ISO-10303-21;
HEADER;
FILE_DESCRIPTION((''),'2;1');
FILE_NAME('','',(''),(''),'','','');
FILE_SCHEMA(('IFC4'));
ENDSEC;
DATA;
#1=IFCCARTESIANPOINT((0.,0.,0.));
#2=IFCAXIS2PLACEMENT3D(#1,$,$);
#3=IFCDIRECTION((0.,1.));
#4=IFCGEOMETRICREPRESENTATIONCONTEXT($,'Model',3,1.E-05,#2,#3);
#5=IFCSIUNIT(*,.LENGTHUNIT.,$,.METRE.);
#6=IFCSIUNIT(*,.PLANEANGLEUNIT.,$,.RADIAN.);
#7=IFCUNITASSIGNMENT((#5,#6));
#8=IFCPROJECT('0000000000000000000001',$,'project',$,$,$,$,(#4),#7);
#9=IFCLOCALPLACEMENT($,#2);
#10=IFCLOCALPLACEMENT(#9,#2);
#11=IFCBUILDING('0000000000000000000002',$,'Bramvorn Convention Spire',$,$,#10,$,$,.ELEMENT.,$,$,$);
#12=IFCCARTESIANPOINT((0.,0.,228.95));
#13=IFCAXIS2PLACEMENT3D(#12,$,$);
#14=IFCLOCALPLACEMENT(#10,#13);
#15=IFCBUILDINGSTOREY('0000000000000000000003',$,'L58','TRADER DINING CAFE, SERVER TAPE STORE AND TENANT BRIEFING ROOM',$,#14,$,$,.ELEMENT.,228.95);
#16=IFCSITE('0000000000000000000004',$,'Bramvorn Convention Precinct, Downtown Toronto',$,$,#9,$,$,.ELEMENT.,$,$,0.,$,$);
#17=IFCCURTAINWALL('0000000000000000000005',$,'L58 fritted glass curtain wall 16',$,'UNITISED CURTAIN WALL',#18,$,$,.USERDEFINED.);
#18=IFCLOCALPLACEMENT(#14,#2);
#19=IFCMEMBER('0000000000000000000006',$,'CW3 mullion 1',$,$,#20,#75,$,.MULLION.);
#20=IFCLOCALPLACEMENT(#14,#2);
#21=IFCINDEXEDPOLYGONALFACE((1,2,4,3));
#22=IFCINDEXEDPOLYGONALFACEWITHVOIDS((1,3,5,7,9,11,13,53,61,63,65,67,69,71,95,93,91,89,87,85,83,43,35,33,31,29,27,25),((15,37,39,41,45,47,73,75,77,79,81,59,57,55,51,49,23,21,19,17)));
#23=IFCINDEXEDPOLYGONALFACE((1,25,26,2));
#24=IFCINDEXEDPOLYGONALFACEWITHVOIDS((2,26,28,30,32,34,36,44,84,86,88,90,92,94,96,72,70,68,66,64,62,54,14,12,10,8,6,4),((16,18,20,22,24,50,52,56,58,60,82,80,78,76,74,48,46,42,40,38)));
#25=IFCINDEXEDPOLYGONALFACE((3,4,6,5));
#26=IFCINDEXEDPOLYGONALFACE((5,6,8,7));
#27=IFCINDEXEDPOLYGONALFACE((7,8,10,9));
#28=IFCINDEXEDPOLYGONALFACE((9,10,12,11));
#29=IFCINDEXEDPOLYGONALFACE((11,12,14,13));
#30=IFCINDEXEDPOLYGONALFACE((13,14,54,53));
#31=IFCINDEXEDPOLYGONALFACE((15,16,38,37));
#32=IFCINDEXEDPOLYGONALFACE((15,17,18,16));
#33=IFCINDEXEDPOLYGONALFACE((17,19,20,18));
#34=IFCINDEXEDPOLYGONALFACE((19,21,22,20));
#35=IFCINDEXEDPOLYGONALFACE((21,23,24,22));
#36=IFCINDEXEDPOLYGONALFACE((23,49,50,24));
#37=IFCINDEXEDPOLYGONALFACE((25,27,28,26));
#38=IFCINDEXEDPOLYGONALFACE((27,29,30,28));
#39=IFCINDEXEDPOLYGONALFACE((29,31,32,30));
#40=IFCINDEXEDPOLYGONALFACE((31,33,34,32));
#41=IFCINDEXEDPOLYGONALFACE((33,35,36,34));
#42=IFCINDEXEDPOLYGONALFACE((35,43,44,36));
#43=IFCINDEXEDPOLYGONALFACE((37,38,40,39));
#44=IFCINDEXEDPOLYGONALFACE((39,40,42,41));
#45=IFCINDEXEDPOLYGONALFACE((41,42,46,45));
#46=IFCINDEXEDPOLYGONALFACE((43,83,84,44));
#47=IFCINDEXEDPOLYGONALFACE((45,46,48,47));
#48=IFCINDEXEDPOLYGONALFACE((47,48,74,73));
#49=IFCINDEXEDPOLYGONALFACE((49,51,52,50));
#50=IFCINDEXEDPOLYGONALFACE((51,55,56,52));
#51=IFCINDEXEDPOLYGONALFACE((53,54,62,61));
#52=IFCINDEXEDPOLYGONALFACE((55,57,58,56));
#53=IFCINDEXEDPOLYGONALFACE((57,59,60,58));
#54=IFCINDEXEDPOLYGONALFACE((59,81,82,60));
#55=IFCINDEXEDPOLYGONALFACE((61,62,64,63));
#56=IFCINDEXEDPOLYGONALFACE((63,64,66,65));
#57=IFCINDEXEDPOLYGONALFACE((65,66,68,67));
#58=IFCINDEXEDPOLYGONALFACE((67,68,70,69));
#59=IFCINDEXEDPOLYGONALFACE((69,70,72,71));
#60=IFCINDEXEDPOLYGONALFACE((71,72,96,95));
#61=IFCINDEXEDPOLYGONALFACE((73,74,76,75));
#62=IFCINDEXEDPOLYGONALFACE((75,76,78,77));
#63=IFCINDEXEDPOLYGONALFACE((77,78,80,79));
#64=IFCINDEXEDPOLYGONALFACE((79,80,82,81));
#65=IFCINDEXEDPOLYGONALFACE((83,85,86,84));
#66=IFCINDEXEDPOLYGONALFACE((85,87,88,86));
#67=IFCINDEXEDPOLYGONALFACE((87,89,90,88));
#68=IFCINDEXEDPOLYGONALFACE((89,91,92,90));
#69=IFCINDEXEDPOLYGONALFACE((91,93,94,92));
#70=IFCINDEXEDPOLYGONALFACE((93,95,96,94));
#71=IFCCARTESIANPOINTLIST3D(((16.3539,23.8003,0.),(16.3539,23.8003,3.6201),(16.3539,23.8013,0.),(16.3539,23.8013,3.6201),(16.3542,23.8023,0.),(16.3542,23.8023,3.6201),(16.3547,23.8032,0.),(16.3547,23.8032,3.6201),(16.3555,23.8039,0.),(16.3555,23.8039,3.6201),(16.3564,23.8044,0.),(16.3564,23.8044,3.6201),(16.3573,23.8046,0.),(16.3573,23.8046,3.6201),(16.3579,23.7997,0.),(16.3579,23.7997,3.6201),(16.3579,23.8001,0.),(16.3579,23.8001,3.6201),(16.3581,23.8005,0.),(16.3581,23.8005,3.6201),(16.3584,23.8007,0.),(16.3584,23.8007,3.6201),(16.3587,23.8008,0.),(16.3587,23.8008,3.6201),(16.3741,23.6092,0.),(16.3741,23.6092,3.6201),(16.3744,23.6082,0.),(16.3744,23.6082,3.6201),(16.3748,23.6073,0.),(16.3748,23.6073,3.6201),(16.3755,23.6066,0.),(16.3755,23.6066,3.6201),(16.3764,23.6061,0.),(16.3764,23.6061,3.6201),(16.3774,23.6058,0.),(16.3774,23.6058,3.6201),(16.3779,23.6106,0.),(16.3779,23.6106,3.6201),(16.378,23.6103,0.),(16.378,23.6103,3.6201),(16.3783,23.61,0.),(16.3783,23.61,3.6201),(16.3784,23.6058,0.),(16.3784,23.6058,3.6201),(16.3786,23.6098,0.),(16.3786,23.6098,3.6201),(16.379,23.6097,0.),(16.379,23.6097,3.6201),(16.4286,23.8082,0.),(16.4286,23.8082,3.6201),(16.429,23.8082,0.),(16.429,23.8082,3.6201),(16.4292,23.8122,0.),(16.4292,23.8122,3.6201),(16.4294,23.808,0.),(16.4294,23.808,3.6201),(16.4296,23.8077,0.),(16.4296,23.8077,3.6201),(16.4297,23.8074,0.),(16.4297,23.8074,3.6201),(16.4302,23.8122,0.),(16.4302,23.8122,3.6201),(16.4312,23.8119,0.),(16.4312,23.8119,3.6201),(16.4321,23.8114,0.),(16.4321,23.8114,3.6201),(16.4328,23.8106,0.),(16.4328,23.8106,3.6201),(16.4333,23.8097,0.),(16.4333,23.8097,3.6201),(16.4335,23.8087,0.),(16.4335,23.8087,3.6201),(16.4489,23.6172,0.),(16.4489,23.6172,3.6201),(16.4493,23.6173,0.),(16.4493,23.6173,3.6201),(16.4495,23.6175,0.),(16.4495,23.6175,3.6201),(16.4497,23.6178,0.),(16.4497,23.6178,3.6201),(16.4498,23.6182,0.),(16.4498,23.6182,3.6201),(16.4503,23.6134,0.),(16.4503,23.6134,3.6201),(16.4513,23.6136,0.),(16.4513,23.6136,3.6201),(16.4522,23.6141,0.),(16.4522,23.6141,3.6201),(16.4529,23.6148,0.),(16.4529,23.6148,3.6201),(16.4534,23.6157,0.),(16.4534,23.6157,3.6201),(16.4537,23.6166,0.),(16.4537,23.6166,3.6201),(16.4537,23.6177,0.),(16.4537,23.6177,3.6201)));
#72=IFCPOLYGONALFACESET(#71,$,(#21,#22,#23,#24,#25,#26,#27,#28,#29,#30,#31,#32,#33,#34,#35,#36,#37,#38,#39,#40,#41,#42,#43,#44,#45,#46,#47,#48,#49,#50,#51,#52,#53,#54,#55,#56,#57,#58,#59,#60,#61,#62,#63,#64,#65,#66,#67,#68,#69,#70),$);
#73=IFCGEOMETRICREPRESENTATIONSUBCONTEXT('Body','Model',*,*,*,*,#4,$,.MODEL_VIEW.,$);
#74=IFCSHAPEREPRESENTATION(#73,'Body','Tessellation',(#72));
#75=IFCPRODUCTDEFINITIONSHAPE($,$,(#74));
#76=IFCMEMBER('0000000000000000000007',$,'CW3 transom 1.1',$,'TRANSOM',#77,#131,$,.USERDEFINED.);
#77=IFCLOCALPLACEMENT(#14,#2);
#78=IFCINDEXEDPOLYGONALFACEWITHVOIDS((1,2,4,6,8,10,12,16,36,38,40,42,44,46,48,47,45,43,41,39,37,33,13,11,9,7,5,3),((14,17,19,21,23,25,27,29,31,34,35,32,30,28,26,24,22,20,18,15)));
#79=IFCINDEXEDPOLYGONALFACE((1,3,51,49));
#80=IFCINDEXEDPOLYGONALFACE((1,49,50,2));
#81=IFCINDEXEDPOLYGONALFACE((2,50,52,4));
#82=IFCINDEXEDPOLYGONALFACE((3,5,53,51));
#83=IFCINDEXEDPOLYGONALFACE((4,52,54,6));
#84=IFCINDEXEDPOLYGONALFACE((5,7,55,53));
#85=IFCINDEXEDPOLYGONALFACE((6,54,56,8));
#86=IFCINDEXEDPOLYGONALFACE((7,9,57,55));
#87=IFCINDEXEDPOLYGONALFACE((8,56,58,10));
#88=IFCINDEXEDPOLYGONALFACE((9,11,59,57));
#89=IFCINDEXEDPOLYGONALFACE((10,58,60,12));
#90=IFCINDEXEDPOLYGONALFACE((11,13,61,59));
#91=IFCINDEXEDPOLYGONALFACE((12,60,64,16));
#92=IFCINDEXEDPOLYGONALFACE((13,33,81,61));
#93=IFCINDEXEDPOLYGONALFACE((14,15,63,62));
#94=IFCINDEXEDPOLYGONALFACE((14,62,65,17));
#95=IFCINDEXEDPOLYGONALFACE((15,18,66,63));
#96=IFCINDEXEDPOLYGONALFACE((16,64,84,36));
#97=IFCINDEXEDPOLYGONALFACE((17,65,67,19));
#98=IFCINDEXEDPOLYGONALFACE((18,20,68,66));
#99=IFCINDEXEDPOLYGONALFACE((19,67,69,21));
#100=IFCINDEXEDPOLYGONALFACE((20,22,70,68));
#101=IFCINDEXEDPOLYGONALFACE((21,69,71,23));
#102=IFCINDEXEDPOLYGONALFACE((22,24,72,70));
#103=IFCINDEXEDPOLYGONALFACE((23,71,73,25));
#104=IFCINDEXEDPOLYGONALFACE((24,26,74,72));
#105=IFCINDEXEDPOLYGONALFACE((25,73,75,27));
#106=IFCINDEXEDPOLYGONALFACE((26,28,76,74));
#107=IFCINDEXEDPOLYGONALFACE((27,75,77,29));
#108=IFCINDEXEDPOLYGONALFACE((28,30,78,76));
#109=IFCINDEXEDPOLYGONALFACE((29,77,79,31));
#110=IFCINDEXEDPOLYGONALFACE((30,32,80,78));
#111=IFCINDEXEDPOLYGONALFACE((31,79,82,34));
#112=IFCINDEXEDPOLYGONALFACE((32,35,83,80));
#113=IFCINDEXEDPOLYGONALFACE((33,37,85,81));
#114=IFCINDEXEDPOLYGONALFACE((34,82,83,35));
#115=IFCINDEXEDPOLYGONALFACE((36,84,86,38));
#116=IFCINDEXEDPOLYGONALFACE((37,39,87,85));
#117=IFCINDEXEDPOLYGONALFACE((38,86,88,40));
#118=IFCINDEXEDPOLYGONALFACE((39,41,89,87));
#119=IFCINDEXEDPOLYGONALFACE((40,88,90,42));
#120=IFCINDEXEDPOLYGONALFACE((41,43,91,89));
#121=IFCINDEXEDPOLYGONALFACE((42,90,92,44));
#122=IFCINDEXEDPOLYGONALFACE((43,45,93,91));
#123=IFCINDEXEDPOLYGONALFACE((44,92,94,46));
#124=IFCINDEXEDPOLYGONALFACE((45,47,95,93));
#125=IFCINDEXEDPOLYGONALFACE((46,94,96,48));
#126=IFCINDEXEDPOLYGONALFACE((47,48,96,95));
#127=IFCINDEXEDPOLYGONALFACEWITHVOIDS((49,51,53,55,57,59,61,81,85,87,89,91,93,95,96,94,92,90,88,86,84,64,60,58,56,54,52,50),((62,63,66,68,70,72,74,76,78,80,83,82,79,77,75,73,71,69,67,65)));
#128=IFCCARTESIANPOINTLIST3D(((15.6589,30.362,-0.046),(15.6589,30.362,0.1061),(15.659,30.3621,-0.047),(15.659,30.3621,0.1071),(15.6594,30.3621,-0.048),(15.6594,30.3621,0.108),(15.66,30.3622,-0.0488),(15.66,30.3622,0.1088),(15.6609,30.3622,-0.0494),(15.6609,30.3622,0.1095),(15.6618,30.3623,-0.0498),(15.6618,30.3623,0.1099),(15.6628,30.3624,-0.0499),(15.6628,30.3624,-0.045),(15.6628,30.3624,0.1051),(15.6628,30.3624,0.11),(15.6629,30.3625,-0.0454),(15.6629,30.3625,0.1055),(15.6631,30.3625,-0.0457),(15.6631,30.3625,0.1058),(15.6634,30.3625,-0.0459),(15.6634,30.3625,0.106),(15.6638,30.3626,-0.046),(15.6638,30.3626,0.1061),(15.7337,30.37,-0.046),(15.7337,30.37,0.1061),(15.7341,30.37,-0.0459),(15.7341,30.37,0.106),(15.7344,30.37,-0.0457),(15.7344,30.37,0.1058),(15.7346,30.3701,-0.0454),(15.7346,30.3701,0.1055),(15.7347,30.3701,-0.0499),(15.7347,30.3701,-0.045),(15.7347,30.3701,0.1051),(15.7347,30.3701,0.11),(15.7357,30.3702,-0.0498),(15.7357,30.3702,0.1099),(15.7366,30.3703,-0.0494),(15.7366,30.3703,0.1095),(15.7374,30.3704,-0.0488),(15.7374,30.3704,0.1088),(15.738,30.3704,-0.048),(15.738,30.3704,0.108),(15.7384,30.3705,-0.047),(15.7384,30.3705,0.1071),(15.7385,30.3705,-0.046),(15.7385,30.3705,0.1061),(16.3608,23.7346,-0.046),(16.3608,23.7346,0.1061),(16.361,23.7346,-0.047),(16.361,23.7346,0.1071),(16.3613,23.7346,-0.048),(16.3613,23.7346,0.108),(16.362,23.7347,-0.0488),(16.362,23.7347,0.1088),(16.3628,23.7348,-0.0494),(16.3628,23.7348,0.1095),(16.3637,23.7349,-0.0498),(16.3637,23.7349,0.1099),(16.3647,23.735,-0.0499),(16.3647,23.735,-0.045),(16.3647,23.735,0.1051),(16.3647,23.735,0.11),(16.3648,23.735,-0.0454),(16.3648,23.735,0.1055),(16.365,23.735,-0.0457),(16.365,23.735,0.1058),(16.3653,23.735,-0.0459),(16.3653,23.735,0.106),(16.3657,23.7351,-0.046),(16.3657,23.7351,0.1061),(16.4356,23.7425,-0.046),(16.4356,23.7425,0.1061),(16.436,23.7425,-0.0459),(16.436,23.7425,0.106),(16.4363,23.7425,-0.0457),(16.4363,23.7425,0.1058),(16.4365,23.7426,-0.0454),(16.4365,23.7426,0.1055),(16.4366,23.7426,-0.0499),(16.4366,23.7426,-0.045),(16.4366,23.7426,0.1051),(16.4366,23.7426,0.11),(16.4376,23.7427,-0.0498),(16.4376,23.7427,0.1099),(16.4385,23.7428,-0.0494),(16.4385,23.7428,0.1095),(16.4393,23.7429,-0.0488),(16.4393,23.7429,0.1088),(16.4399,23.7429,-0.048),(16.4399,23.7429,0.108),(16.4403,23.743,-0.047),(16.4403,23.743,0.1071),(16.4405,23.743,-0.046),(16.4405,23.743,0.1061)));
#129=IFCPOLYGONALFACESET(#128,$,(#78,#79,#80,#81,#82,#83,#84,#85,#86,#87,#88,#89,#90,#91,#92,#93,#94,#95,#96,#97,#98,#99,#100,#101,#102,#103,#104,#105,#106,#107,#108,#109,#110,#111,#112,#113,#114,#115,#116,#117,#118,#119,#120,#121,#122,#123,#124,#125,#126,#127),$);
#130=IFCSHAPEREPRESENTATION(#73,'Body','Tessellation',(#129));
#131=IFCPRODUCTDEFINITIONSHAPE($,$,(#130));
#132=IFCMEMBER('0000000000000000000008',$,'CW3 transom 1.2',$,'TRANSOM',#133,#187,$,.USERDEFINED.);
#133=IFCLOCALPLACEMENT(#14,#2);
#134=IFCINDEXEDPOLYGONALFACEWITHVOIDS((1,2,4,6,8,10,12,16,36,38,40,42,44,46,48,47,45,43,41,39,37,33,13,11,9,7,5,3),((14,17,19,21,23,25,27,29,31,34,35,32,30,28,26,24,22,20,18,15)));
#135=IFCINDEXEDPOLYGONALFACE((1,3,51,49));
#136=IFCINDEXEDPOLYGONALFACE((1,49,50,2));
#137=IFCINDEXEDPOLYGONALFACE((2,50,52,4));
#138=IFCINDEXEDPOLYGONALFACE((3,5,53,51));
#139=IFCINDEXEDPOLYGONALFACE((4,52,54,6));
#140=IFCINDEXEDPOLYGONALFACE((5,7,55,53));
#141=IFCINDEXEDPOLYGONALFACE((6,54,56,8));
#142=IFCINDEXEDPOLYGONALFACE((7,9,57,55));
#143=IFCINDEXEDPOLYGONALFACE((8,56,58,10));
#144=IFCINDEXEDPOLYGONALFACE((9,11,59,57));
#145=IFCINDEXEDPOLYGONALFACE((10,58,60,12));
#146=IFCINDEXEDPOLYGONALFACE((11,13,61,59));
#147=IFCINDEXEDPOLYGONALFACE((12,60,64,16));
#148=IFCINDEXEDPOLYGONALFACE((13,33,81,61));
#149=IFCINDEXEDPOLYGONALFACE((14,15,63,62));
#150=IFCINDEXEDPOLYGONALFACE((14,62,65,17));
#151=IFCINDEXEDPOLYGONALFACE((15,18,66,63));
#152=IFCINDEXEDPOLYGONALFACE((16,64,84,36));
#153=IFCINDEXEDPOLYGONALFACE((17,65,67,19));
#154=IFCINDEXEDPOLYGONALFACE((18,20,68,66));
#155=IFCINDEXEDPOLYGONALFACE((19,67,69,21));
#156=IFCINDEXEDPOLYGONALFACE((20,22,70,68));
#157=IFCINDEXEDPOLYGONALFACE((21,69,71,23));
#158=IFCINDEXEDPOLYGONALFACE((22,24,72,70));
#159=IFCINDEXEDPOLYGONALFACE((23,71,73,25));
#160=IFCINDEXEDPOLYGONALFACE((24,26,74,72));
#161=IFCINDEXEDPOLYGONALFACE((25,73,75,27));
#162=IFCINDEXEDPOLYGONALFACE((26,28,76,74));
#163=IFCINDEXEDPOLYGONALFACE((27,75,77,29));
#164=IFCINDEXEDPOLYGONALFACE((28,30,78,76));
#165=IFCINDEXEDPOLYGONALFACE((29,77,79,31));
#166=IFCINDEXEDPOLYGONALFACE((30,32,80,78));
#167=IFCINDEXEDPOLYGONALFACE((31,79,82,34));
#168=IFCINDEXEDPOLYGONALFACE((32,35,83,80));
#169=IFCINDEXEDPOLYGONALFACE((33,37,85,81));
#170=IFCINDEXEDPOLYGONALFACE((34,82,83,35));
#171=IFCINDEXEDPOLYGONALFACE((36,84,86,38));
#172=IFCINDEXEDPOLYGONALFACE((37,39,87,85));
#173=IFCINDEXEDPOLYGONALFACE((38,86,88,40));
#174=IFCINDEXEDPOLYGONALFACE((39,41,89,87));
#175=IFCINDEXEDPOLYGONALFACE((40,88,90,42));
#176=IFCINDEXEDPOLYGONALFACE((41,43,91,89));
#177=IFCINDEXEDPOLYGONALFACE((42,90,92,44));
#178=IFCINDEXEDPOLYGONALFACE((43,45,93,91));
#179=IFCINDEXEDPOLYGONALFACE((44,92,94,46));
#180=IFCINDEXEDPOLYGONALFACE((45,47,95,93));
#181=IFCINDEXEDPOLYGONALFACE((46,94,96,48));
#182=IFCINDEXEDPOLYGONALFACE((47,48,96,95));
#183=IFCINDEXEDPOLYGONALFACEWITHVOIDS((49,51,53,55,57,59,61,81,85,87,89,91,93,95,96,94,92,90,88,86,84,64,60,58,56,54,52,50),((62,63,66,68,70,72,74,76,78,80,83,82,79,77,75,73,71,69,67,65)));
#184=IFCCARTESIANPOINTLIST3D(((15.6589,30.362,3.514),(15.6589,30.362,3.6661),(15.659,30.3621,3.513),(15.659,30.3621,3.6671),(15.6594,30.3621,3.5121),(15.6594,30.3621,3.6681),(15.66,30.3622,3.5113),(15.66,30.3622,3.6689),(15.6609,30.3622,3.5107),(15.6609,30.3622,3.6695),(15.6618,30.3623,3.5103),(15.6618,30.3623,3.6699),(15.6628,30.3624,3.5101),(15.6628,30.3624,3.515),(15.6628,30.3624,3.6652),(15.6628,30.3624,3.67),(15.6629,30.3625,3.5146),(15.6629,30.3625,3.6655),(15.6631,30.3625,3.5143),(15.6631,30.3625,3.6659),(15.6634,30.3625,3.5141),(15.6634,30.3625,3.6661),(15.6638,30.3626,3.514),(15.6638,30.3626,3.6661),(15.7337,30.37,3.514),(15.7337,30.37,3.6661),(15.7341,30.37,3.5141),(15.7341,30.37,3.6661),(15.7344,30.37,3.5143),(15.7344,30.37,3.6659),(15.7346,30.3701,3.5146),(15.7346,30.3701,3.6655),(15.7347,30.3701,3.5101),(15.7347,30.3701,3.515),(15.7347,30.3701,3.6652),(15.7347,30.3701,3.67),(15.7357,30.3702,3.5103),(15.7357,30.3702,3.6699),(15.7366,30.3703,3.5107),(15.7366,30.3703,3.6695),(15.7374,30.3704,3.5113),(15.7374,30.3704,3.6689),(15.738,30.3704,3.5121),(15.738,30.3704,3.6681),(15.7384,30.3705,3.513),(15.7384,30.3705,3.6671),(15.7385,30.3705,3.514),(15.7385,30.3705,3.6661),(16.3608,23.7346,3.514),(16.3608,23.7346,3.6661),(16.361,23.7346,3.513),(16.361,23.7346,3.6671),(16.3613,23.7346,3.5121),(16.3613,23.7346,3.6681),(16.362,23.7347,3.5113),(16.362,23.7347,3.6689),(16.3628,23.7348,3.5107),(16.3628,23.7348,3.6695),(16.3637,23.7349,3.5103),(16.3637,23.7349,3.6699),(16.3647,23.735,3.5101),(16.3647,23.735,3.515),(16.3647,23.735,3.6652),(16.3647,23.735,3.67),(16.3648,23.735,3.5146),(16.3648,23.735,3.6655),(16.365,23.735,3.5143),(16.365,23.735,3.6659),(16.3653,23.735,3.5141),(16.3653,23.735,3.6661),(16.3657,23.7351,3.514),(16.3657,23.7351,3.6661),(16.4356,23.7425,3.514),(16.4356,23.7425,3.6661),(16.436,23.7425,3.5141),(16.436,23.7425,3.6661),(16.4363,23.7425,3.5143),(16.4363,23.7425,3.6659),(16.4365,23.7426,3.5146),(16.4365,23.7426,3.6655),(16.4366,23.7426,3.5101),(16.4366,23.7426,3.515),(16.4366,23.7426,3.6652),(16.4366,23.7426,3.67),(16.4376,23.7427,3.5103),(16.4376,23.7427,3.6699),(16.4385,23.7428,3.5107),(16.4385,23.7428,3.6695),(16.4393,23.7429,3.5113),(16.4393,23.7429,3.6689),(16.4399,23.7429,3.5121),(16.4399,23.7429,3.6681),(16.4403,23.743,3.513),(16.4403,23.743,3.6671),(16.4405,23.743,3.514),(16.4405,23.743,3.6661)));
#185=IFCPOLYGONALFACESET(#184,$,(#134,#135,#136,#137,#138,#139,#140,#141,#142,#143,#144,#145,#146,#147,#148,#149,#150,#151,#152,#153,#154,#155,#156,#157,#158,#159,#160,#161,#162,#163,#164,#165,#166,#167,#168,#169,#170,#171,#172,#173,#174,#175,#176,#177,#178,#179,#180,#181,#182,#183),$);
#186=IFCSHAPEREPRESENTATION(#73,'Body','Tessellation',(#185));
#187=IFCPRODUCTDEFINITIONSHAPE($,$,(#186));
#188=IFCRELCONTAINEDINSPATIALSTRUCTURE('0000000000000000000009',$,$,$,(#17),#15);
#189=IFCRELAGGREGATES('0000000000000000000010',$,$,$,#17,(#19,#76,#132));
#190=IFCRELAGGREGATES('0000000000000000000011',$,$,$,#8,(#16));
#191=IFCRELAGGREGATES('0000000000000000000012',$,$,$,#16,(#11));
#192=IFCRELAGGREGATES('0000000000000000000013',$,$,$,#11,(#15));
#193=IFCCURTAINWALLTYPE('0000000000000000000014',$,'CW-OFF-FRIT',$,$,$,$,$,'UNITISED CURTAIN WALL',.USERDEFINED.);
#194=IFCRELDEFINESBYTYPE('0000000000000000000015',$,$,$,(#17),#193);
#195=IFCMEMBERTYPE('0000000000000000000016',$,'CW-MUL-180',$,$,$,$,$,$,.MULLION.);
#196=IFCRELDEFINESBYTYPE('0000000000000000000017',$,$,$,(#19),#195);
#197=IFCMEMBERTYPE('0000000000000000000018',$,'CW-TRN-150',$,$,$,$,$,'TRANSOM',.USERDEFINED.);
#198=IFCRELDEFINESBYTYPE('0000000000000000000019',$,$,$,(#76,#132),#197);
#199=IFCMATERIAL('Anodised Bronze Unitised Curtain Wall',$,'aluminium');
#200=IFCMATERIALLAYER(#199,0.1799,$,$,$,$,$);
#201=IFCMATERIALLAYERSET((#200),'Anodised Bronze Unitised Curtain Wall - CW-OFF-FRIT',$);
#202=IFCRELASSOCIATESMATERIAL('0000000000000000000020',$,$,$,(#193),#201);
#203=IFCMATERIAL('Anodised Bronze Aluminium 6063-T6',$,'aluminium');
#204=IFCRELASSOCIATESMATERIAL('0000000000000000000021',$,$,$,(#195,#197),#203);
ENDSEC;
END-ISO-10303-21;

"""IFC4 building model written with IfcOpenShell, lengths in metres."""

from ifc_helpers import new_model, si_unit, direction, frame, origin, origin_2d, place, context, subcontext, project, spatial, hollow_rectangle, extrude, material, layer, layer_set, material_profile, profile_set, type_object, element, aggregate, save


model = new_model("IFC4")

# Units and contexts
model_context = context("Model", 3, precision=1e-05, world=origin(), true_north=direction((0.0, 1.0)))
body_context = subcontext(model_context, "Body", "Model", "MODEL_VIEW")
ifc_project = project(units=[si_unit("LENGTHUNIT", "METRE"), si_unit("PLANEANGLEUNIT", "RADIAN")], contexts=[model_context])

# Site, building, storey
site_placement = place(None, origin())
site = spatial("IfcSite", under=ifc_project, at=site_placement, Name="Bramvorn Convention Precinct, Downtown Toronto", CompositionType="ELEMENT", RefElevation=0.0)
building_placement = place(site_placement, origin())
building = spatial("IfcBuilding", under=site, at=building_placement, Name="Bramvorn Convention Spire", CompositionType="ELEMENT")
storey_placement = place(building_placement, frame((0.0, 0.0, 228.95)))
storey = spatial("IfcBuildingStorey", under=building, at=storey_placement, Name="L58", Description="TRADER DINING CAFE, SERVER TAPE STORE AND TENANT BRIEFING ROOM", CompositionType="ELEMENT", Elevation=228.95)

# Curtain wall, members
ifc_material_1 = material(Name="Anodised Bronze Unitised Curtain Wall", Category="aluminium")
ifc_layer_1 = layer(ifc_material_1, 0.1799)
ifc_layer_set_1 = layer_set([ifc_layer_1], Name="Anodised Bronze Unitised Curtain Wall - CW-OFF-FRIT")
curtain_wall_type = type_object("IfcCurtainWallType", Name="CW-OFF-FRIT", ElementType="UNITISED CURTAIN WALL", PredefinedType="USERDEFINED", material=ifc_layer_set_1)
curtain_wall_placement = place(storey_placement, origin())
curtain_wall = element("IfcCurtainWall", 1, at=curtain_wall_placement, inside=storey, type_object=curtain_wall_type, Name="L58 fritted glass curtain wall 16", ObjectType="UNITISED CURTAIN WALL", PredefinedType="USERDEFINED")
ifc_material_2 = material(Name="Anodised Bronze Aluminium 6063-T6", Category="aluminium")
ifc_material_profile_1 = material_profile(ifc_material_2, hollow_rectangle(XDim=0.0801, YDim=0.2, WallThickness=0.0039, InnerFilletRadius=0.001, OuterFilletRadius=0.0039, at=origin_2d()))
ifc_profile_set_1 = profile_set([ifc_material_profile_1], Name="Anodised Bronze Aluminium 6063-T6 - CWM80X200")
member_type_1 = type_object("IfcMemberType", Name="CW-MUL-180", PredefinedType="MULLION", material=ifc_profile_set_1)
member_1_placement = place(storey_placement, frame((16.4038, 23.709, 0.0), z_axis=(0.0, 0.0, 1.0), x_axis=(-0.994436, -0.105344, 0.0)))
member_1 = element("IfcMember", 2, at=member_1_placement, type_object=member_type_1, Name="CW3 mullion 1", PredefinedType="MULLION", context=body_context, shape_type="SweptSolid", body=[
    extrude(hollow_rectangle(XDim=0.0801, YDim=0.2, WallThickness=0.0039, InnerFilletRadius=0.001, OuterFilletRadius=0.0039, at=origin_2d()), origin(), (0.0, 0.0, 1.0), 3.6201),
])
ifc_material_profile_2 = material_profile(ifc_material_2, hollow_rectangle(XDim=0.0801, YDim=0.1599, WallThickness=0.0039, InnerFilletRadius=0.001, OuterFilletRadius=0.0039, at=origin_2d()))
ifc_profile_set_2 = profile_set([ifc_material_profile_2], Name="Anodised Bronze Aluminium 6063-T6 - CWT80X160")
member_type_2 = type_object("IfcMemberType", Name="CW-TRN-150", ElementType="TRANSOM", PredefinedType="USERDEFINED", material=ifc_profile_set_2)
member_2_placement = place(storey_placement, frame((16.4006, 23.7388, 0.03), z_axis=(-0.10532, 0.994438, 0.0), x_axis=(-0.994438, -0.10532, 0.0)))
member_2 = element("IfcMember", 3, at=member_2_placement, type_object=member_type_2, Name="CW3 transom 1.1", ObjectType="TRANSOM", PredefinedType="USERDEFINED", context=body_context, shape_type="SweptSolid", body=[
    extrude(hollow_rectangle(XDim=0.0801, YDim=0.1599, WallThickness=0.0039, InnerFilletRadius=0.001, OuterFilletRadius=0.0039, at=origin_2d()), origin(), (0.0, 0.0, 1.0), 6.6646),
])
member_3_placement = place(storey_placement, frame((16.4006, 23.7388, 3.5901), z_axis=(-0.10532, 0.994438, 0.0), x_axis=(-0.994438, -0.10532, 0.0)))
member_3 = element("IfcMember", 4, at=member_3_placement, type_object=member_type_2, Name="CW3 transom 1.2", ObjectType="TRANSOM", PredefinedType="USERDEFINED", context=body_context, shape_type="SweptSolid", body=[
    extrude(hollow_rectangle(XDim=0.0801, YDim=0.1599, WallThickness=0.0039, InnerFilletRadius=0.001, OuterFilletRadius=0.0039, at=origin_2d()), origin(), (0.0, 0.0, 1.0), 6.6646),
])
aggregate(curtain_wall, [member_1, member_2, member_3])

save(model, "model.ifc")
